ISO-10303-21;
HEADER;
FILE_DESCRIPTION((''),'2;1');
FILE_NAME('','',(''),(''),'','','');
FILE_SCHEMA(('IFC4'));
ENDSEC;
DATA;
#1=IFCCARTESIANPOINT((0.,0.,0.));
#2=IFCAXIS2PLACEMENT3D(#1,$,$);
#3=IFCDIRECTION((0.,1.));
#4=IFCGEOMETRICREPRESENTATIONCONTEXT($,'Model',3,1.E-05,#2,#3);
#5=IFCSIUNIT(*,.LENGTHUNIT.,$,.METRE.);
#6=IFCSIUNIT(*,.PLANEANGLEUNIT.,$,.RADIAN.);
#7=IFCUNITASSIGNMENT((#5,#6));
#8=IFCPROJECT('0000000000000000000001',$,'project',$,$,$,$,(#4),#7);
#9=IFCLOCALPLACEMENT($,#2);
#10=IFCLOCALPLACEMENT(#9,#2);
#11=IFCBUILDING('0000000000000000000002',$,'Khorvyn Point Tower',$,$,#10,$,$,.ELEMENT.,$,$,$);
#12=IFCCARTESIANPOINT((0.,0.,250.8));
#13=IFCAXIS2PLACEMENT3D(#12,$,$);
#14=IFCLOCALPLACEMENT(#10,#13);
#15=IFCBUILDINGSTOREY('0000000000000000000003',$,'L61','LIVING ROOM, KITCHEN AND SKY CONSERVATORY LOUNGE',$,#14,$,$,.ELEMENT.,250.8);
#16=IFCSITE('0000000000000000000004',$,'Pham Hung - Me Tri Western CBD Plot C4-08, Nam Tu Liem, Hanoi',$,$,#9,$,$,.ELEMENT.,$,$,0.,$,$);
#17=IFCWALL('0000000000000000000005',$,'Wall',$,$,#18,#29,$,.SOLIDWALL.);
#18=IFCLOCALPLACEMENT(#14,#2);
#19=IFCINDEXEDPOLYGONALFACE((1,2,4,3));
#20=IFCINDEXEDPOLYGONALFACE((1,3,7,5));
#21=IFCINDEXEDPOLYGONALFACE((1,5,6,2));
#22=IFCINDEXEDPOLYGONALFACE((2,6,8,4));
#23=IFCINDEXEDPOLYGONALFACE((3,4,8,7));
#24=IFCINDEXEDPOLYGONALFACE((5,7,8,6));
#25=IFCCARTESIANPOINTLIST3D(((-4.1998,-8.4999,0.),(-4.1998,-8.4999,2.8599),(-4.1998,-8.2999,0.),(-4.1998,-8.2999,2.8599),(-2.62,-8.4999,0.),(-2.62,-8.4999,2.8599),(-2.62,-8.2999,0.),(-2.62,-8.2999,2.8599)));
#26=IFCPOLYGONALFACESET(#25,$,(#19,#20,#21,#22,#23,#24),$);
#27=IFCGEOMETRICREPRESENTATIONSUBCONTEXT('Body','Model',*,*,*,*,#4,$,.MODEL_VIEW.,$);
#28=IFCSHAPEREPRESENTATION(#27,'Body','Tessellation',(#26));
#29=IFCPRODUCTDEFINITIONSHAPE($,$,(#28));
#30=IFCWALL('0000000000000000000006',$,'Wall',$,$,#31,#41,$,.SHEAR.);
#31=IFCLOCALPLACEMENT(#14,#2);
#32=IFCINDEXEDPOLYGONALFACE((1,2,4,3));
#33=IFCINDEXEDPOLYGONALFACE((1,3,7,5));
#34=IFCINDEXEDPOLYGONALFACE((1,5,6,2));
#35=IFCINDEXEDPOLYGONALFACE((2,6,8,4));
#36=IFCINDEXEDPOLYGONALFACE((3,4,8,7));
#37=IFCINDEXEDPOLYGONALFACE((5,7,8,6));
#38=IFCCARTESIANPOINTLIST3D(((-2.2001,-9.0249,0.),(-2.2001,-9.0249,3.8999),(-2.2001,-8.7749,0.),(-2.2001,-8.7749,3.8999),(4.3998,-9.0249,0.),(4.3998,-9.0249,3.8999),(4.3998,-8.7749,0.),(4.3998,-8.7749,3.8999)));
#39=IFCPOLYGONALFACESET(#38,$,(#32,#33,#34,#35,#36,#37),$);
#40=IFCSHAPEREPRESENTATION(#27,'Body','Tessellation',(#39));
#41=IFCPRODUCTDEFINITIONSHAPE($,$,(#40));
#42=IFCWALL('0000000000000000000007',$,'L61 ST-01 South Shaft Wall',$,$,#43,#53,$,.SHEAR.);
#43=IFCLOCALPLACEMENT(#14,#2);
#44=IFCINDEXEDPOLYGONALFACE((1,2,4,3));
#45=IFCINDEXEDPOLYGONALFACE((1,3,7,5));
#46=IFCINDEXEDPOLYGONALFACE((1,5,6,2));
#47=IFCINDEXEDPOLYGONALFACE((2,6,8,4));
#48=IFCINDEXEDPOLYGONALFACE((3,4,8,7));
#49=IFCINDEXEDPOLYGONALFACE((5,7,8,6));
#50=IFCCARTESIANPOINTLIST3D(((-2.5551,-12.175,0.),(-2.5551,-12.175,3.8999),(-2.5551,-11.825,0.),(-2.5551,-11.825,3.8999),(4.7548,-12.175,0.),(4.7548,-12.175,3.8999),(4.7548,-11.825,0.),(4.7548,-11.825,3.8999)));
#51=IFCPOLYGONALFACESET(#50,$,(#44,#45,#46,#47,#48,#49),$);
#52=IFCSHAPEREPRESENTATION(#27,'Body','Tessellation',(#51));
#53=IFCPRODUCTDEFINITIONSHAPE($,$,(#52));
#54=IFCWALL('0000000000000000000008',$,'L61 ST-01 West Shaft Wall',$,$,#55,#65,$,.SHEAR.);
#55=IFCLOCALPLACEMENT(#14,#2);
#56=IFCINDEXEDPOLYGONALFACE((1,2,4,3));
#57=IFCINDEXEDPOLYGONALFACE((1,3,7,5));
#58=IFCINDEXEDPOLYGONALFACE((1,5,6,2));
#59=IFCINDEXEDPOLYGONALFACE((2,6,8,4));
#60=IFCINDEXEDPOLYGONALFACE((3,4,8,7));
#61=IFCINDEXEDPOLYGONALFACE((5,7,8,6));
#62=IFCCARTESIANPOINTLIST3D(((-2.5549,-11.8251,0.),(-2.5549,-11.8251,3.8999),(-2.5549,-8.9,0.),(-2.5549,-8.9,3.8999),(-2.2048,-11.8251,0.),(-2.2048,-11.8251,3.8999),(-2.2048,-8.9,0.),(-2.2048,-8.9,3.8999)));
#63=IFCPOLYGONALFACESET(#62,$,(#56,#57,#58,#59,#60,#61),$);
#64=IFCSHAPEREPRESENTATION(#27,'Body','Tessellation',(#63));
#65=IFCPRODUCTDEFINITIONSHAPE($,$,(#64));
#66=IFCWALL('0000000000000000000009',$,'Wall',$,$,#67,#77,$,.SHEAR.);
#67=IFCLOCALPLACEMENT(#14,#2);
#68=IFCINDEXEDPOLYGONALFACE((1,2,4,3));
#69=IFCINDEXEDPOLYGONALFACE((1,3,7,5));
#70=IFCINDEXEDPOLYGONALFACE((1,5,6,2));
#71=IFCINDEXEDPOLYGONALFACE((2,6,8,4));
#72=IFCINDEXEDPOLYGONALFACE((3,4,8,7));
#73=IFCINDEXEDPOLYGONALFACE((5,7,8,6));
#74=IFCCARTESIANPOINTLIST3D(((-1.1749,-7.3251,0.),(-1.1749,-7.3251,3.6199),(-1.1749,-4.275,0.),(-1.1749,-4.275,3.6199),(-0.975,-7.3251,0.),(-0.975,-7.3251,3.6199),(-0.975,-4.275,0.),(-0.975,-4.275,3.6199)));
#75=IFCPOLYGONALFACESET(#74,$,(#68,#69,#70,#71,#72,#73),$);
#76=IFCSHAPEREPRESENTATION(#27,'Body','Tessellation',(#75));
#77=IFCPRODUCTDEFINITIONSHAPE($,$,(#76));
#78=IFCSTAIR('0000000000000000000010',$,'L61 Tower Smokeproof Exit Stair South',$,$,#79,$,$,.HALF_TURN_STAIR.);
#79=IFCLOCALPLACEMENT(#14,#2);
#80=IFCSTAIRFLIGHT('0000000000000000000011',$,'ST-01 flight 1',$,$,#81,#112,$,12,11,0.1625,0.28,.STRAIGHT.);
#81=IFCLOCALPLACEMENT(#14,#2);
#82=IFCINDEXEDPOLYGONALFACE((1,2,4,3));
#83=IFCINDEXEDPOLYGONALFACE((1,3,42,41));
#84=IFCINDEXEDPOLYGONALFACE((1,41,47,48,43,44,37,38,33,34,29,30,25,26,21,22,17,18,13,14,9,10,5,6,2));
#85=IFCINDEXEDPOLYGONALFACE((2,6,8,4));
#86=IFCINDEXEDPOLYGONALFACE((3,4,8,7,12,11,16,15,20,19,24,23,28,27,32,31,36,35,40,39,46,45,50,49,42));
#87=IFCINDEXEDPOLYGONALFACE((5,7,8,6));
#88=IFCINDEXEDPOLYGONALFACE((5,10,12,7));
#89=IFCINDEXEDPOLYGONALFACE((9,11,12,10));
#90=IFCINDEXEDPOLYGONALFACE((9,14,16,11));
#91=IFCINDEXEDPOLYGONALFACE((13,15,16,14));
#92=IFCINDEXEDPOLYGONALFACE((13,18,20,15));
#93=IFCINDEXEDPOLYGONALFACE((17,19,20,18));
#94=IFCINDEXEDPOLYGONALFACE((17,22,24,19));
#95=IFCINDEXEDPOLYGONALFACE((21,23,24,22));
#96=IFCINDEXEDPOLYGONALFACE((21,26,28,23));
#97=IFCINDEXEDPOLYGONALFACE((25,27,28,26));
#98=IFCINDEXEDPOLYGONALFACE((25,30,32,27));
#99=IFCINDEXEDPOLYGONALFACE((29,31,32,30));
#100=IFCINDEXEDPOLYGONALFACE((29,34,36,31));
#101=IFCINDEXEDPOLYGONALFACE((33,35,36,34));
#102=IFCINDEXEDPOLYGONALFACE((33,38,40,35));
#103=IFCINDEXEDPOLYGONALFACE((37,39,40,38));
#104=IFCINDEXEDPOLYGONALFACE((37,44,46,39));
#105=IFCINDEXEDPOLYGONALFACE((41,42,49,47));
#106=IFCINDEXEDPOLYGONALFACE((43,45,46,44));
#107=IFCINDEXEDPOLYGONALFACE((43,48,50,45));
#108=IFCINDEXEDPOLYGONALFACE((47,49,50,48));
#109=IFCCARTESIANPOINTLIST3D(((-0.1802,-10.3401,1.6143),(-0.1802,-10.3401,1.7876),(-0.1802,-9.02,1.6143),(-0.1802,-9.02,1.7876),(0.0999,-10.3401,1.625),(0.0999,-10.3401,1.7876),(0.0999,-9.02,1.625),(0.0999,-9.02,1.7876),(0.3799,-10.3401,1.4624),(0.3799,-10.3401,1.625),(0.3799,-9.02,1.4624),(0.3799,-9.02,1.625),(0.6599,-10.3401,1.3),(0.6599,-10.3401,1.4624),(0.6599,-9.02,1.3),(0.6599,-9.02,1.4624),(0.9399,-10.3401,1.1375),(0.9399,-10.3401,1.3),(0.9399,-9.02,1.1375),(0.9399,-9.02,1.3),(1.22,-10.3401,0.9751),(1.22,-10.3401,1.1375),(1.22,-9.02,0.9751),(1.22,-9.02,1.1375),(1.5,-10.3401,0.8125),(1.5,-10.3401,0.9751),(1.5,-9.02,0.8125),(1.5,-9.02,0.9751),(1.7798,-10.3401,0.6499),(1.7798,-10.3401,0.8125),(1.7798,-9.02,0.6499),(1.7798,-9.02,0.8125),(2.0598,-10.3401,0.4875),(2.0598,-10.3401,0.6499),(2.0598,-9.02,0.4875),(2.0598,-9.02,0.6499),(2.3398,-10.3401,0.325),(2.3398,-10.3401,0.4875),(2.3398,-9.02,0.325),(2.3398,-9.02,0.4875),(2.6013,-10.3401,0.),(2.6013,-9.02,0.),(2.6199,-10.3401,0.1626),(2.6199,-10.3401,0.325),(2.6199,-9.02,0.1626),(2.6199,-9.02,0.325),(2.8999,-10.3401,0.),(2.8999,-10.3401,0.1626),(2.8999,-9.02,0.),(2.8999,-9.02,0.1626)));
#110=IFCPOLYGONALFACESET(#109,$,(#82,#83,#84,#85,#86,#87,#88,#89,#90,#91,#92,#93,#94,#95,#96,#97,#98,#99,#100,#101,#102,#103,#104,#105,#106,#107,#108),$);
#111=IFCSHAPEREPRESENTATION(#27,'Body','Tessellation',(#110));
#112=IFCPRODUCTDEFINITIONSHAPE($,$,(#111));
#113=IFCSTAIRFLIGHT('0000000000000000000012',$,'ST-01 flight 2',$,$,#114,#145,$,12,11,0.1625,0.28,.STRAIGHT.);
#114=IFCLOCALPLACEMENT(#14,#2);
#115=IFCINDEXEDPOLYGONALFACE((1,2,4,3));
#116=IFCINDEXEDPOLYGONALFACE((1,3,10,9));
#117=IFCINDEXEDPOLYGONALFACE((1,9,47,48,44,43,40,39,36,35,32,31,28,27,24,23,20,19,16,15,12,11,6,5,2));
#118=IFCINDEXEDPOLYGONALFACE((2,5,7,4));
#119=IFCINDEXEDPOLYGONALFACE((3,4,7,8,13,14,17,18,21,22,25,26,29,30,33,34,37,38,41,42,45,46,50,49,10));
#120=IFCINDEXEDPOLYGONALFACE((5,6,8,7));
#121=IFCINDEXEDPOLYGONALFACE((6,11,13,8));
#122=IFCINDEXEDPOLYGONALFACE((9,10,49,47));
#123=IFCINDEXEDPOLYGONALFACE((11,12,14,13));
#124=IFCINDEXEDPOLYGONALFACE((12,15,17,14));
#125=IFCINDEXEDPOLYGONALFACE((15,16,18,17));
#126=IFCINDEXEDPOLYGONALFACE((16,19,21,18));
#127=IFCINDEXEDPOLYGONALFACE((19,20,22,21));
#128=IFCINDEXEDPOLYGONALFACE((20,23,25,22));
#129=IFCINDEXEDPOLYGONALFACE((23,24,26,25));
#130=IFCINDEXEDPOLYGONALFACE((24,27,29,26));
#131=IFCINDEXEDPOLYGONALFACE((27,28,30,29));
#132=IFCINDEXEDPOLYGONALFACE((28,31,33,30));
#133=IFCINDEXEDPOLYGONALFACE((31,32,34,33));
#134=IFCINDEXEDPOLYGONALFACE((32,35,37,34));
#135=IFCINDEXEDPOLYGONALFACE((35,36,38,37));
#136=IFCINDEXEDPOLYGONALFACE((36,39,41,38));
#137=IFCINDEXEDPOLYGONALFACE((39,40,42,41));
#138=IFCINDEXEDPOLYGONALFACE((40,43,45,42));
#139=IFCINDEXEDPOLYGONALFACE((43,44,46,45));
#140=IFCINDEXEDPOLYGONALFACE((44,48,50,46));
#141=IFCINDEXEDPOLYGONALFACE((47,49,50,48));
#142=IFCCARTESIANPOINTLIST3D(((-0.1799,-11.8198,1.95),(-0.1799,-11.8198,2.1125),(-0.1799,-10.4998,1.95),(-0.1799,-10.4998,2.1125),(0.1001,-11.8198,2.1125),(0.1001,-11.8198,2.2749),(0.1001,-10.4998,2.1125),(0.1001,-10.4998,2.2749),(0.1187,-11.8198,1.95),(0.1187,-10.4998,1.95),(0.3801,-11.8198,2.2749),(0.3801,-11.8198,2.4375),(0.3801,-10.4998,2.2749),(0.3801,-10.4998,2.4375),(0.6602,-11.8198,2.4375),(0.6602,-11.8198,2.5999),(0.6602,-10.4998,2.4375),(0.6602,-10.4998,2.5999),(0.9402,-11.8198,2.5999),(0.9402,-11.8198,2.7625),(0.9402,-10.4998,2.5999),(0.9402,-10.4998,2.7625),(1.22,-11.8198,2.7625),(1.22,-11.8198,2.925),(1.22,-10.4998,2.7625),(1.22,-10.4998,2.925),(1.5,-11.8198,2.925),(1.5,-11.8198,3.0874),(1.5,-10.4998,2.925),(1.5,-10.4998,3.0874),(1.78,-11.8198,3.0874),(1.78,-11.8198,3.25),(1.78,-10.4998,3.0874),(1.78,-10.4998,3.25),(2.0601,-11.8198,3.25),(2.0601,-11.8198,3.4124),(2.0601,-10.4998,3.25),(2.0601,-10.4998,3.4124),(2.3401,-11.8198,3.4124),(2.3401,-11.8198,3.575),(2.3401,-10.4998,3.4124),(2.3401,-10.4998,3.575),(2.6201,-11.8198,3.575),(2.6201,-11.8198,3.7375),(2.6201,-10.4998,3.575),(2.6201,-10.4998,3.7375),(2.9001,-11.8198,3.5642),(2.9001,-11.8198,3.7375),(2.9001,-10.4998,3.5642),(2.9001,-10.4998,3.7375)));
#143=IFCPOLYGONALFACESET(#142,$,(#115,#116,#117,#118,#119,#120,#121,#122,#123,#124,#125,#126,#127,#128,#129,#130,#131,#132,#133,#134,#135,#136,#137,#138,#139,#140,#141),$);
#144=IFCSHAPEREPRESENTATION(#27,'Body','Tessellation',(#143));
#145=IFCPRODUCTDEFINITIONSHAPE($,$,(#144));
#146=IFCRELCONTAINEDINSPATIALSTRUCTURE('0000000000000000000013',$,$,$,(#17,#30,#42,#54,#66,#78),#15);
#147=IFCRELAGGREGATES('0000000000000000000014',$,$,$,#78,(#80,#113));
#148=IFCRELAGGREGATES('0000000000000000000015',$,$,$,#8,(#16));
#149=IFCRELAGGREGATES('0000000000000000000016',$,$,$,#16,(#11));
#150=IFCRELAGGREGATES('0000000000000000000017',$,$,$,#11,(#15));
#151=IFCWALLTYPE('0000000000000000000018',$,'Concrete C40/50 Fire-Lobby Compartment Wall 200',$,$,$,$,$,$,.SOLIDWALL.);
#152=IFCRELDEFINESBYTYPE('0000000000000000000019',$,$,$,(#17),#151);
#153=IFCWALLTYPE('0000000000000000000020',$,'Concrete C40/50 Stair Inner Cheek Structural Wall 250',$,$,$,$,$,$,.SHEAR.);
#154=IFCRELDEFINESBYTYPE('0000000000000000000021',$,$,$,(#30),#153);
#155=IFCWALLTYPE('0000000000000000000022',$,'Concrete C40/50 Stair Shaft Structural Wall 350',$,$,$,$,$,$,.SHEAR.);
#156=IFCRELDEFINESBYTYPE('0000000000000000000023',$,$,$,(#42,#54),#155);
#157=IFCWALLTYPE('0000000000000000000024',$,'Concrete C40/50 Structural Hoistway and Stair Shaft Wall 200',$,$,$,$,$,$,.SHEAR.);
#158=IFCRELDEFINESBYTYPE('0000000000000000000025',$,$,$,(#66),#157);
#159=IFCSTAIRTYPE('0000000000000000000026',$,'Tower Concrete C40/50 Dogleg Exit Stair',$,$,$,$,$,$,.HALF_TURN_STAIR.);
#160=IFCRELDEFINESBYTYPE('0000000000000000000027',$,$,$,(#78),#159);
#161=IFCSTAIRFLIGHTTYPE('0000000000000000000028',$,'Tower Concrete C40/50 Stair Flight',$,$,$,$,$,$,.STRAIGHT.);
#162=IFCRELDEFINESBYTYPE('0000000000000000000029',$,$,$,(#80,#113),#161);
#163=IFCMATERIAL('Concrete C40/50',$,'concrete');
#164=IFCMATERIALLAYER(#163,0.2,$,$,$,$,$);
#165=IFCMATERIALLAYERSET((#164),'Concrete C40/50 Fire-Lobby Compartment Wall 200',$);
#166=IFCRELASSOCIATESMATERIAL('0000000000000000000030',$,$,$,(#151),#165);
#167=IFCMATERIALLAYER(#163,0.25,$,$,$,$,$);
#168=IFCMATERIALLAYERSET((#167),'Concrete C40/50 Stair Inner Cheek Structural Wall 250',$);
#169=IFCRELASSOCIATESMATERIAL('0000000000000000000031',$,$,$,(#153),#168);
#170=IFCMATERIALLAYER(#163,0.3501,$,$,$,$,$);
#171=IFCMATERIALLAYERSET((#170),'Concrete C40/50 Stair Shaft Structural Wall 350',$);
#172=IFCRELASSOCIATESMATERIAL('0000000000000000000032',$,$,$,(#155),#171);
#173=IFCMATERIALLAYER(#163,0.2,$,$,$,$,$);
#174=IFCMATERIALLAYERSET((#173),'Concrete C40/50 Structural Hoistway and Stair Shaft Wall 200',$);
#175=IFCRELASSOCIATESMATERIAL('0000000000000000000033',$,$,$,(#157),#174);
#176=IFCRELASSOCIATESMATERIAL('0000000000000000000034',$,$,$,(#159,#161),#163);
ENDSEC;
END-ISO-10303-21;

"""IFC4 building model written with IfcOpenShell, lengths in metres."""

from ifc_helpers import new_model, si_unit, direction, frame, frame_2d, origin, place, context, subcontext, project, spatial, polyline, rectangle, outline, extrude, material, layer, layer_set, type_object, element, aggregate, save


model = new_model("IFC4")

# Units and contexts
model_context = context("Model", 3, precision=1e-05, world=origin(), true_north=direction((0.0, 1.0)))
body_context = subcontext(model_context, "Body", "Model", "MODEL_VIEW")
ifc_project = project(units=[si_unit("LENGTHUNIT", "METRE"), si_unit("PLANEANGLEUNIT", "RADIAN")], contexts=[model_context])

# Site, building, storey
site_placement = place(None, origin())
site = spatial("IfcSite", under=ifc_project, at=site_placement, Name="Pham Hung - Me Tri Western CBD Plot C4-08, Nam Tu Liem, Hanoi", CompositionType="ELEMENT", RefElevation=0.0)
building_placement = place(site_placement, origin())
building = spatial("IfcBuilding", under=site, at=building_placement, Name="Khorvyn Point Tower", CompositionType="ELEMENT")
storey_placement = place(building_placement, frame((0.0, 0.0, 250.8)))
storey = spatial("IfcBuildingStorey", under=building, at=storey_placement, Name="L61", Description="LIVING ROOM, KITCHEN AND SKY CONSERVATORY LOUNGE", CompositionType="ELEMENT", Elevation=250.8)

# Shared definitions
ifc_material_1 = material(Name="Concrete C40/50", Category="concrete")

# Walls
ifc_layer_1 = layer(ifc_material_1, 0.2)
ifc_layer_set_1 = layer_set([ifc_layer_1], Name="Concrete C40/50 Fire-Lobby Compartment Wall 200")
wall_type_1 = type_object("IfcWallType", Name="Concrete C40/50 Fire-Lobby Compartment Wall 200", PredefinedType="SOLIDWALL", material=ifc_layer_set_1)
wall_1_placement = place(storey_placement, frame((-4.2, -8.3999, 0.0), z_axis=(0.0, 0.0, 1.0), x_axis=(1.0, 0.0, 0.0)))
element("IfcWall", 1, at=wall_1_placement, inside=storey, type_object=wall_type_1, Name="Wall", PredefinedType="SOLIDWALL", context=body_context, shape_type="SweptSolid", body=[
    extrude(rectangle(XDim=1.5798, YDim=0.2, at=frame_2d((0.79, 0.0))), origin(), (0.0, 0.0, 1.0), 2.8599),
])
ifc_layer_2 = layer(ifc_material_1, 0.25)
ifc_layer_set_2 = layer_set([ifc_layer_2], Name="Concrete C40/50 Stair Inner Cheek Structural Wall 250")
wall_type_2 = type_object("IfcWallType", Name="Concrete C40/50 Stair Inner Cheek Structural Wall 250", PredefinedType="SHEAR", material=ifc_layer_set_2)
wall_2_placement = place(storey_placement, frame((-2.2, -8.8999, 0.0), z_axis=(0.0, 0.0, 1.0), x_axis=(1.0, 0.0, 0.0)))
element("IfcWall", 2, at=wall_2_placement, inside=storey, type_object=wall_type_2, Name="Wall", PredefinedType="SHEAR", context=body_context, shape_type="SweptSolid", body=[
    extrude(rectangle(XDim=6.5999, YDim=0.25, at=frame_2d((3.2998, 0.0))), origin(), (0.0, 0.0, 1.0), 3.8999),
])
ifc_layer_3 = layer(ifc_material_1, 0.3501)
ifc_layer_set_3 = layer_set([ifc_layer_3], Name="Concrete C40/50 Stair Shaft Structural Wall 350")
wall_type_3 = type_object("IfcWallType", Name="Concrete C40/50 Stair Shaft Structural Wall 350", PredefinedType="SHEAR", material=ifc_layer_set_3)
wall_3_placement = place(storey_placement, frame((-2.5549, -12.0, 0.0), z_axis=(0.0, 0.0, 1.0), x_axis=(1.0, 0.0, 0.0)))
element("IfcWall", 3, at=wall_3_placement, inside=storey, type_object=wall_type_3, Name="L61 ST-01 South Shaft Wall", PredefinedType="SHEAR", context=body_context, shape_type="SweptSolid", body=[
    extrude(rectangle(XDim=7.3098, YDim=0.3501, at=frame_2d((3.6548, 0.0))), origin(), (0.0, 0.0, 1.0), 3.8999),
])
wall_4_placement = place(storey_placement, frame((-2.3799, -11.825, 0.0), z_axis=(0.0, 0.0, 1.0), x_axis=(0.0, 1.0, 0.0)))
element("IfcWall", 4, at=wall_4_placement, inside=storey, type_object=wall_type_3, Name="L61 ST-01 West Shaft Wall", PredefinedType="SHEAR", context=body_context, shape_type="SweptSolid", body=[
    extrude(rectangle(XDim=2.925, YDim=0.3501, at=frame_2d((1.4624, 0.0))), origin(), (0.0, 0.0, 1.0), 3.8999),
])
ifc_layer_4 = layer(ifc_material_1, 0.2)
ifc_layer_set_4 = layer_set([ifc_layer_4], Name="Concrete C40/50 Structural Hoistway and Stair Shaft Wall 200")
wall_type_4 = type_object("IfcWallType", Name="Concrete C40/50 Structural Hoistway and Stair Shaft Wall 200", PredefinedType="SHEAR", material=ifc_layer_set_4)
wall_5_placement = place(storey_placement, frame((-1.075, -7.325, 0.0), z_axis=(0.0, 0.0, 1.0), x_axis=(0.0, 1.0, 0.0)))
element("IfcWall", 5, at=wall_5_placement, inside=storey, type_object=wall_type_4, Name="Wall", PredefinedType="SHEAR", context=body_context, shape_type="SweptSolid", body=[
    extrude(rectangle(XDim=3.05, YDim=0.2, at=frame_2d((1.5249, 0.0))), origin(), (0.0, 0.0, 1.0), 3.6199),
])

# Stair, stair flights
stair_type = type_object("IfcStairType", Name="Tower Concrete C40/50 Dogleg Exit Stair", PredefinedType="HALF_TURN_STAIR", material=ifc_material_1)
stair_placement = place(storey_placement, origin())
stair = element("IfcStair", 6, at=stair_placement, inside=storey, type_object=stair_type, Name="L61 Tower Smokeproof Exit Stair South", PredefinedType="HALF_TURN_STAIR")
stair_flight_type = type_object("IfcStairFlightType", Name="Tower Concrete C40/50 Stair Flight", PredefinedType="STRAIGHT", material=ifc_material_1)
stair_flight_1_placement = place(storey_placement, frame((2.8999, -9.6799, 0.0), z_axis=(0.0, 0.0, 1.0), x_axis=(-1.0, 0.0, 0.0)))
stair_flight_1 = element("IfcStairFlight", 7, at=stair_flight_1_placement, type_object=stair_flight_type, Name="ST-01 flight 1", NumberOfRisers=12, NumberOfTreads=11, PredefinedType="STRAIGHT", RiserHeight=0.1625, TreadLength=0.28, context=body_context, shape_type="SweptSolid", body=[
    extrude(outline(polyline([(0.0, 0.0), (0.0, 0.1626), (0.28, 0.1626), (0.28, 0.325), (0.5601, 0.325), (0.5601, 0.4875), (0.8401, 0.4875), (0.8401, 0.6499), (1.1201, 0.6499), (1.1201, 0.8125), (1.3999, 0.8125), (1.3999, 0.9751), (1.6799, 0.9751), (1.6799, 1.1375), (1.96, 1.1375), (1.96, 1.3), (2.24, 1.3), (2.24, 1.4624), (2.52, 1.4624), (2.52, 1.625), (2.8, 1.625), (2.8, 1.7876), (3.0801, 1.7876), (3.0801, 1.95), (3.0801, 1.6143), (0.2986, 0.0), (0.0, 0.0)])), frame((0.0, 0.6602, 0.0), z_axis=(0.0, -1.0, 0.0), x_axis=(1.0, 0.0, 0.0)), (0.0, 0.0, 1.0), 1.3201),
])
stair_flight_2_placement = place(storey_placement, frame((-0.1799, -11.1599, 1.95), z_axis=(0.0, 0.0, 1.0), x_axis=(1.0, 0.0, 0.0)))
stair_flight_2 = element("IfcStairFlight", 8, at=stair_flight_2_placement, type_object=stair_flight_type, Name="ST-01 flight 2", NumberOfRisers=12, NumberOfTreads=11, PredefinedType="STRAIGHT", RiserHeight=0.1625, TreadLength=0.28, context=body_context, shape_type="SweptSolid", body=[
    extrude(outline(polyline([(0.0, 0.0), (0.0, 0.1626), (0.28, 0.1626), (0.28, 0.325), (0.5601, 0.325), (0.5601, 0.4875), (0.8401, 0.4875), (0.8401, 0.6499), (1.1201, 0.6499), (1.1201, 0.8125), (1.3999, 0.8125), (1.3999, 0.9751), (1.6799, 0.9751), (1.6799, 1.1375), (1.96, 1.1375), (1.96, 1.3), (2.24, 1.3), (2.24, 1.4624), (2.52, 1.4624), (2.52, 1.625), (2.8, 1.625), (2.8, 1.7876), (3.0801, 1.7876), (3.0801, 1.95), (3.0801, 1.6143), (0.2986, 0.0), (0.0, 0.0)])), frame((0.0, 0.6602, 0.0), z_axis=(0.0, -1.0, 0.0), x_axis=(1.0, 0.0, 0.0)), (0.0, 0.0, 1.0), 1.3201),
])
aggregate(stair, [stair_flight_1, stair_flight_2])

save(model, "model.ifc")
